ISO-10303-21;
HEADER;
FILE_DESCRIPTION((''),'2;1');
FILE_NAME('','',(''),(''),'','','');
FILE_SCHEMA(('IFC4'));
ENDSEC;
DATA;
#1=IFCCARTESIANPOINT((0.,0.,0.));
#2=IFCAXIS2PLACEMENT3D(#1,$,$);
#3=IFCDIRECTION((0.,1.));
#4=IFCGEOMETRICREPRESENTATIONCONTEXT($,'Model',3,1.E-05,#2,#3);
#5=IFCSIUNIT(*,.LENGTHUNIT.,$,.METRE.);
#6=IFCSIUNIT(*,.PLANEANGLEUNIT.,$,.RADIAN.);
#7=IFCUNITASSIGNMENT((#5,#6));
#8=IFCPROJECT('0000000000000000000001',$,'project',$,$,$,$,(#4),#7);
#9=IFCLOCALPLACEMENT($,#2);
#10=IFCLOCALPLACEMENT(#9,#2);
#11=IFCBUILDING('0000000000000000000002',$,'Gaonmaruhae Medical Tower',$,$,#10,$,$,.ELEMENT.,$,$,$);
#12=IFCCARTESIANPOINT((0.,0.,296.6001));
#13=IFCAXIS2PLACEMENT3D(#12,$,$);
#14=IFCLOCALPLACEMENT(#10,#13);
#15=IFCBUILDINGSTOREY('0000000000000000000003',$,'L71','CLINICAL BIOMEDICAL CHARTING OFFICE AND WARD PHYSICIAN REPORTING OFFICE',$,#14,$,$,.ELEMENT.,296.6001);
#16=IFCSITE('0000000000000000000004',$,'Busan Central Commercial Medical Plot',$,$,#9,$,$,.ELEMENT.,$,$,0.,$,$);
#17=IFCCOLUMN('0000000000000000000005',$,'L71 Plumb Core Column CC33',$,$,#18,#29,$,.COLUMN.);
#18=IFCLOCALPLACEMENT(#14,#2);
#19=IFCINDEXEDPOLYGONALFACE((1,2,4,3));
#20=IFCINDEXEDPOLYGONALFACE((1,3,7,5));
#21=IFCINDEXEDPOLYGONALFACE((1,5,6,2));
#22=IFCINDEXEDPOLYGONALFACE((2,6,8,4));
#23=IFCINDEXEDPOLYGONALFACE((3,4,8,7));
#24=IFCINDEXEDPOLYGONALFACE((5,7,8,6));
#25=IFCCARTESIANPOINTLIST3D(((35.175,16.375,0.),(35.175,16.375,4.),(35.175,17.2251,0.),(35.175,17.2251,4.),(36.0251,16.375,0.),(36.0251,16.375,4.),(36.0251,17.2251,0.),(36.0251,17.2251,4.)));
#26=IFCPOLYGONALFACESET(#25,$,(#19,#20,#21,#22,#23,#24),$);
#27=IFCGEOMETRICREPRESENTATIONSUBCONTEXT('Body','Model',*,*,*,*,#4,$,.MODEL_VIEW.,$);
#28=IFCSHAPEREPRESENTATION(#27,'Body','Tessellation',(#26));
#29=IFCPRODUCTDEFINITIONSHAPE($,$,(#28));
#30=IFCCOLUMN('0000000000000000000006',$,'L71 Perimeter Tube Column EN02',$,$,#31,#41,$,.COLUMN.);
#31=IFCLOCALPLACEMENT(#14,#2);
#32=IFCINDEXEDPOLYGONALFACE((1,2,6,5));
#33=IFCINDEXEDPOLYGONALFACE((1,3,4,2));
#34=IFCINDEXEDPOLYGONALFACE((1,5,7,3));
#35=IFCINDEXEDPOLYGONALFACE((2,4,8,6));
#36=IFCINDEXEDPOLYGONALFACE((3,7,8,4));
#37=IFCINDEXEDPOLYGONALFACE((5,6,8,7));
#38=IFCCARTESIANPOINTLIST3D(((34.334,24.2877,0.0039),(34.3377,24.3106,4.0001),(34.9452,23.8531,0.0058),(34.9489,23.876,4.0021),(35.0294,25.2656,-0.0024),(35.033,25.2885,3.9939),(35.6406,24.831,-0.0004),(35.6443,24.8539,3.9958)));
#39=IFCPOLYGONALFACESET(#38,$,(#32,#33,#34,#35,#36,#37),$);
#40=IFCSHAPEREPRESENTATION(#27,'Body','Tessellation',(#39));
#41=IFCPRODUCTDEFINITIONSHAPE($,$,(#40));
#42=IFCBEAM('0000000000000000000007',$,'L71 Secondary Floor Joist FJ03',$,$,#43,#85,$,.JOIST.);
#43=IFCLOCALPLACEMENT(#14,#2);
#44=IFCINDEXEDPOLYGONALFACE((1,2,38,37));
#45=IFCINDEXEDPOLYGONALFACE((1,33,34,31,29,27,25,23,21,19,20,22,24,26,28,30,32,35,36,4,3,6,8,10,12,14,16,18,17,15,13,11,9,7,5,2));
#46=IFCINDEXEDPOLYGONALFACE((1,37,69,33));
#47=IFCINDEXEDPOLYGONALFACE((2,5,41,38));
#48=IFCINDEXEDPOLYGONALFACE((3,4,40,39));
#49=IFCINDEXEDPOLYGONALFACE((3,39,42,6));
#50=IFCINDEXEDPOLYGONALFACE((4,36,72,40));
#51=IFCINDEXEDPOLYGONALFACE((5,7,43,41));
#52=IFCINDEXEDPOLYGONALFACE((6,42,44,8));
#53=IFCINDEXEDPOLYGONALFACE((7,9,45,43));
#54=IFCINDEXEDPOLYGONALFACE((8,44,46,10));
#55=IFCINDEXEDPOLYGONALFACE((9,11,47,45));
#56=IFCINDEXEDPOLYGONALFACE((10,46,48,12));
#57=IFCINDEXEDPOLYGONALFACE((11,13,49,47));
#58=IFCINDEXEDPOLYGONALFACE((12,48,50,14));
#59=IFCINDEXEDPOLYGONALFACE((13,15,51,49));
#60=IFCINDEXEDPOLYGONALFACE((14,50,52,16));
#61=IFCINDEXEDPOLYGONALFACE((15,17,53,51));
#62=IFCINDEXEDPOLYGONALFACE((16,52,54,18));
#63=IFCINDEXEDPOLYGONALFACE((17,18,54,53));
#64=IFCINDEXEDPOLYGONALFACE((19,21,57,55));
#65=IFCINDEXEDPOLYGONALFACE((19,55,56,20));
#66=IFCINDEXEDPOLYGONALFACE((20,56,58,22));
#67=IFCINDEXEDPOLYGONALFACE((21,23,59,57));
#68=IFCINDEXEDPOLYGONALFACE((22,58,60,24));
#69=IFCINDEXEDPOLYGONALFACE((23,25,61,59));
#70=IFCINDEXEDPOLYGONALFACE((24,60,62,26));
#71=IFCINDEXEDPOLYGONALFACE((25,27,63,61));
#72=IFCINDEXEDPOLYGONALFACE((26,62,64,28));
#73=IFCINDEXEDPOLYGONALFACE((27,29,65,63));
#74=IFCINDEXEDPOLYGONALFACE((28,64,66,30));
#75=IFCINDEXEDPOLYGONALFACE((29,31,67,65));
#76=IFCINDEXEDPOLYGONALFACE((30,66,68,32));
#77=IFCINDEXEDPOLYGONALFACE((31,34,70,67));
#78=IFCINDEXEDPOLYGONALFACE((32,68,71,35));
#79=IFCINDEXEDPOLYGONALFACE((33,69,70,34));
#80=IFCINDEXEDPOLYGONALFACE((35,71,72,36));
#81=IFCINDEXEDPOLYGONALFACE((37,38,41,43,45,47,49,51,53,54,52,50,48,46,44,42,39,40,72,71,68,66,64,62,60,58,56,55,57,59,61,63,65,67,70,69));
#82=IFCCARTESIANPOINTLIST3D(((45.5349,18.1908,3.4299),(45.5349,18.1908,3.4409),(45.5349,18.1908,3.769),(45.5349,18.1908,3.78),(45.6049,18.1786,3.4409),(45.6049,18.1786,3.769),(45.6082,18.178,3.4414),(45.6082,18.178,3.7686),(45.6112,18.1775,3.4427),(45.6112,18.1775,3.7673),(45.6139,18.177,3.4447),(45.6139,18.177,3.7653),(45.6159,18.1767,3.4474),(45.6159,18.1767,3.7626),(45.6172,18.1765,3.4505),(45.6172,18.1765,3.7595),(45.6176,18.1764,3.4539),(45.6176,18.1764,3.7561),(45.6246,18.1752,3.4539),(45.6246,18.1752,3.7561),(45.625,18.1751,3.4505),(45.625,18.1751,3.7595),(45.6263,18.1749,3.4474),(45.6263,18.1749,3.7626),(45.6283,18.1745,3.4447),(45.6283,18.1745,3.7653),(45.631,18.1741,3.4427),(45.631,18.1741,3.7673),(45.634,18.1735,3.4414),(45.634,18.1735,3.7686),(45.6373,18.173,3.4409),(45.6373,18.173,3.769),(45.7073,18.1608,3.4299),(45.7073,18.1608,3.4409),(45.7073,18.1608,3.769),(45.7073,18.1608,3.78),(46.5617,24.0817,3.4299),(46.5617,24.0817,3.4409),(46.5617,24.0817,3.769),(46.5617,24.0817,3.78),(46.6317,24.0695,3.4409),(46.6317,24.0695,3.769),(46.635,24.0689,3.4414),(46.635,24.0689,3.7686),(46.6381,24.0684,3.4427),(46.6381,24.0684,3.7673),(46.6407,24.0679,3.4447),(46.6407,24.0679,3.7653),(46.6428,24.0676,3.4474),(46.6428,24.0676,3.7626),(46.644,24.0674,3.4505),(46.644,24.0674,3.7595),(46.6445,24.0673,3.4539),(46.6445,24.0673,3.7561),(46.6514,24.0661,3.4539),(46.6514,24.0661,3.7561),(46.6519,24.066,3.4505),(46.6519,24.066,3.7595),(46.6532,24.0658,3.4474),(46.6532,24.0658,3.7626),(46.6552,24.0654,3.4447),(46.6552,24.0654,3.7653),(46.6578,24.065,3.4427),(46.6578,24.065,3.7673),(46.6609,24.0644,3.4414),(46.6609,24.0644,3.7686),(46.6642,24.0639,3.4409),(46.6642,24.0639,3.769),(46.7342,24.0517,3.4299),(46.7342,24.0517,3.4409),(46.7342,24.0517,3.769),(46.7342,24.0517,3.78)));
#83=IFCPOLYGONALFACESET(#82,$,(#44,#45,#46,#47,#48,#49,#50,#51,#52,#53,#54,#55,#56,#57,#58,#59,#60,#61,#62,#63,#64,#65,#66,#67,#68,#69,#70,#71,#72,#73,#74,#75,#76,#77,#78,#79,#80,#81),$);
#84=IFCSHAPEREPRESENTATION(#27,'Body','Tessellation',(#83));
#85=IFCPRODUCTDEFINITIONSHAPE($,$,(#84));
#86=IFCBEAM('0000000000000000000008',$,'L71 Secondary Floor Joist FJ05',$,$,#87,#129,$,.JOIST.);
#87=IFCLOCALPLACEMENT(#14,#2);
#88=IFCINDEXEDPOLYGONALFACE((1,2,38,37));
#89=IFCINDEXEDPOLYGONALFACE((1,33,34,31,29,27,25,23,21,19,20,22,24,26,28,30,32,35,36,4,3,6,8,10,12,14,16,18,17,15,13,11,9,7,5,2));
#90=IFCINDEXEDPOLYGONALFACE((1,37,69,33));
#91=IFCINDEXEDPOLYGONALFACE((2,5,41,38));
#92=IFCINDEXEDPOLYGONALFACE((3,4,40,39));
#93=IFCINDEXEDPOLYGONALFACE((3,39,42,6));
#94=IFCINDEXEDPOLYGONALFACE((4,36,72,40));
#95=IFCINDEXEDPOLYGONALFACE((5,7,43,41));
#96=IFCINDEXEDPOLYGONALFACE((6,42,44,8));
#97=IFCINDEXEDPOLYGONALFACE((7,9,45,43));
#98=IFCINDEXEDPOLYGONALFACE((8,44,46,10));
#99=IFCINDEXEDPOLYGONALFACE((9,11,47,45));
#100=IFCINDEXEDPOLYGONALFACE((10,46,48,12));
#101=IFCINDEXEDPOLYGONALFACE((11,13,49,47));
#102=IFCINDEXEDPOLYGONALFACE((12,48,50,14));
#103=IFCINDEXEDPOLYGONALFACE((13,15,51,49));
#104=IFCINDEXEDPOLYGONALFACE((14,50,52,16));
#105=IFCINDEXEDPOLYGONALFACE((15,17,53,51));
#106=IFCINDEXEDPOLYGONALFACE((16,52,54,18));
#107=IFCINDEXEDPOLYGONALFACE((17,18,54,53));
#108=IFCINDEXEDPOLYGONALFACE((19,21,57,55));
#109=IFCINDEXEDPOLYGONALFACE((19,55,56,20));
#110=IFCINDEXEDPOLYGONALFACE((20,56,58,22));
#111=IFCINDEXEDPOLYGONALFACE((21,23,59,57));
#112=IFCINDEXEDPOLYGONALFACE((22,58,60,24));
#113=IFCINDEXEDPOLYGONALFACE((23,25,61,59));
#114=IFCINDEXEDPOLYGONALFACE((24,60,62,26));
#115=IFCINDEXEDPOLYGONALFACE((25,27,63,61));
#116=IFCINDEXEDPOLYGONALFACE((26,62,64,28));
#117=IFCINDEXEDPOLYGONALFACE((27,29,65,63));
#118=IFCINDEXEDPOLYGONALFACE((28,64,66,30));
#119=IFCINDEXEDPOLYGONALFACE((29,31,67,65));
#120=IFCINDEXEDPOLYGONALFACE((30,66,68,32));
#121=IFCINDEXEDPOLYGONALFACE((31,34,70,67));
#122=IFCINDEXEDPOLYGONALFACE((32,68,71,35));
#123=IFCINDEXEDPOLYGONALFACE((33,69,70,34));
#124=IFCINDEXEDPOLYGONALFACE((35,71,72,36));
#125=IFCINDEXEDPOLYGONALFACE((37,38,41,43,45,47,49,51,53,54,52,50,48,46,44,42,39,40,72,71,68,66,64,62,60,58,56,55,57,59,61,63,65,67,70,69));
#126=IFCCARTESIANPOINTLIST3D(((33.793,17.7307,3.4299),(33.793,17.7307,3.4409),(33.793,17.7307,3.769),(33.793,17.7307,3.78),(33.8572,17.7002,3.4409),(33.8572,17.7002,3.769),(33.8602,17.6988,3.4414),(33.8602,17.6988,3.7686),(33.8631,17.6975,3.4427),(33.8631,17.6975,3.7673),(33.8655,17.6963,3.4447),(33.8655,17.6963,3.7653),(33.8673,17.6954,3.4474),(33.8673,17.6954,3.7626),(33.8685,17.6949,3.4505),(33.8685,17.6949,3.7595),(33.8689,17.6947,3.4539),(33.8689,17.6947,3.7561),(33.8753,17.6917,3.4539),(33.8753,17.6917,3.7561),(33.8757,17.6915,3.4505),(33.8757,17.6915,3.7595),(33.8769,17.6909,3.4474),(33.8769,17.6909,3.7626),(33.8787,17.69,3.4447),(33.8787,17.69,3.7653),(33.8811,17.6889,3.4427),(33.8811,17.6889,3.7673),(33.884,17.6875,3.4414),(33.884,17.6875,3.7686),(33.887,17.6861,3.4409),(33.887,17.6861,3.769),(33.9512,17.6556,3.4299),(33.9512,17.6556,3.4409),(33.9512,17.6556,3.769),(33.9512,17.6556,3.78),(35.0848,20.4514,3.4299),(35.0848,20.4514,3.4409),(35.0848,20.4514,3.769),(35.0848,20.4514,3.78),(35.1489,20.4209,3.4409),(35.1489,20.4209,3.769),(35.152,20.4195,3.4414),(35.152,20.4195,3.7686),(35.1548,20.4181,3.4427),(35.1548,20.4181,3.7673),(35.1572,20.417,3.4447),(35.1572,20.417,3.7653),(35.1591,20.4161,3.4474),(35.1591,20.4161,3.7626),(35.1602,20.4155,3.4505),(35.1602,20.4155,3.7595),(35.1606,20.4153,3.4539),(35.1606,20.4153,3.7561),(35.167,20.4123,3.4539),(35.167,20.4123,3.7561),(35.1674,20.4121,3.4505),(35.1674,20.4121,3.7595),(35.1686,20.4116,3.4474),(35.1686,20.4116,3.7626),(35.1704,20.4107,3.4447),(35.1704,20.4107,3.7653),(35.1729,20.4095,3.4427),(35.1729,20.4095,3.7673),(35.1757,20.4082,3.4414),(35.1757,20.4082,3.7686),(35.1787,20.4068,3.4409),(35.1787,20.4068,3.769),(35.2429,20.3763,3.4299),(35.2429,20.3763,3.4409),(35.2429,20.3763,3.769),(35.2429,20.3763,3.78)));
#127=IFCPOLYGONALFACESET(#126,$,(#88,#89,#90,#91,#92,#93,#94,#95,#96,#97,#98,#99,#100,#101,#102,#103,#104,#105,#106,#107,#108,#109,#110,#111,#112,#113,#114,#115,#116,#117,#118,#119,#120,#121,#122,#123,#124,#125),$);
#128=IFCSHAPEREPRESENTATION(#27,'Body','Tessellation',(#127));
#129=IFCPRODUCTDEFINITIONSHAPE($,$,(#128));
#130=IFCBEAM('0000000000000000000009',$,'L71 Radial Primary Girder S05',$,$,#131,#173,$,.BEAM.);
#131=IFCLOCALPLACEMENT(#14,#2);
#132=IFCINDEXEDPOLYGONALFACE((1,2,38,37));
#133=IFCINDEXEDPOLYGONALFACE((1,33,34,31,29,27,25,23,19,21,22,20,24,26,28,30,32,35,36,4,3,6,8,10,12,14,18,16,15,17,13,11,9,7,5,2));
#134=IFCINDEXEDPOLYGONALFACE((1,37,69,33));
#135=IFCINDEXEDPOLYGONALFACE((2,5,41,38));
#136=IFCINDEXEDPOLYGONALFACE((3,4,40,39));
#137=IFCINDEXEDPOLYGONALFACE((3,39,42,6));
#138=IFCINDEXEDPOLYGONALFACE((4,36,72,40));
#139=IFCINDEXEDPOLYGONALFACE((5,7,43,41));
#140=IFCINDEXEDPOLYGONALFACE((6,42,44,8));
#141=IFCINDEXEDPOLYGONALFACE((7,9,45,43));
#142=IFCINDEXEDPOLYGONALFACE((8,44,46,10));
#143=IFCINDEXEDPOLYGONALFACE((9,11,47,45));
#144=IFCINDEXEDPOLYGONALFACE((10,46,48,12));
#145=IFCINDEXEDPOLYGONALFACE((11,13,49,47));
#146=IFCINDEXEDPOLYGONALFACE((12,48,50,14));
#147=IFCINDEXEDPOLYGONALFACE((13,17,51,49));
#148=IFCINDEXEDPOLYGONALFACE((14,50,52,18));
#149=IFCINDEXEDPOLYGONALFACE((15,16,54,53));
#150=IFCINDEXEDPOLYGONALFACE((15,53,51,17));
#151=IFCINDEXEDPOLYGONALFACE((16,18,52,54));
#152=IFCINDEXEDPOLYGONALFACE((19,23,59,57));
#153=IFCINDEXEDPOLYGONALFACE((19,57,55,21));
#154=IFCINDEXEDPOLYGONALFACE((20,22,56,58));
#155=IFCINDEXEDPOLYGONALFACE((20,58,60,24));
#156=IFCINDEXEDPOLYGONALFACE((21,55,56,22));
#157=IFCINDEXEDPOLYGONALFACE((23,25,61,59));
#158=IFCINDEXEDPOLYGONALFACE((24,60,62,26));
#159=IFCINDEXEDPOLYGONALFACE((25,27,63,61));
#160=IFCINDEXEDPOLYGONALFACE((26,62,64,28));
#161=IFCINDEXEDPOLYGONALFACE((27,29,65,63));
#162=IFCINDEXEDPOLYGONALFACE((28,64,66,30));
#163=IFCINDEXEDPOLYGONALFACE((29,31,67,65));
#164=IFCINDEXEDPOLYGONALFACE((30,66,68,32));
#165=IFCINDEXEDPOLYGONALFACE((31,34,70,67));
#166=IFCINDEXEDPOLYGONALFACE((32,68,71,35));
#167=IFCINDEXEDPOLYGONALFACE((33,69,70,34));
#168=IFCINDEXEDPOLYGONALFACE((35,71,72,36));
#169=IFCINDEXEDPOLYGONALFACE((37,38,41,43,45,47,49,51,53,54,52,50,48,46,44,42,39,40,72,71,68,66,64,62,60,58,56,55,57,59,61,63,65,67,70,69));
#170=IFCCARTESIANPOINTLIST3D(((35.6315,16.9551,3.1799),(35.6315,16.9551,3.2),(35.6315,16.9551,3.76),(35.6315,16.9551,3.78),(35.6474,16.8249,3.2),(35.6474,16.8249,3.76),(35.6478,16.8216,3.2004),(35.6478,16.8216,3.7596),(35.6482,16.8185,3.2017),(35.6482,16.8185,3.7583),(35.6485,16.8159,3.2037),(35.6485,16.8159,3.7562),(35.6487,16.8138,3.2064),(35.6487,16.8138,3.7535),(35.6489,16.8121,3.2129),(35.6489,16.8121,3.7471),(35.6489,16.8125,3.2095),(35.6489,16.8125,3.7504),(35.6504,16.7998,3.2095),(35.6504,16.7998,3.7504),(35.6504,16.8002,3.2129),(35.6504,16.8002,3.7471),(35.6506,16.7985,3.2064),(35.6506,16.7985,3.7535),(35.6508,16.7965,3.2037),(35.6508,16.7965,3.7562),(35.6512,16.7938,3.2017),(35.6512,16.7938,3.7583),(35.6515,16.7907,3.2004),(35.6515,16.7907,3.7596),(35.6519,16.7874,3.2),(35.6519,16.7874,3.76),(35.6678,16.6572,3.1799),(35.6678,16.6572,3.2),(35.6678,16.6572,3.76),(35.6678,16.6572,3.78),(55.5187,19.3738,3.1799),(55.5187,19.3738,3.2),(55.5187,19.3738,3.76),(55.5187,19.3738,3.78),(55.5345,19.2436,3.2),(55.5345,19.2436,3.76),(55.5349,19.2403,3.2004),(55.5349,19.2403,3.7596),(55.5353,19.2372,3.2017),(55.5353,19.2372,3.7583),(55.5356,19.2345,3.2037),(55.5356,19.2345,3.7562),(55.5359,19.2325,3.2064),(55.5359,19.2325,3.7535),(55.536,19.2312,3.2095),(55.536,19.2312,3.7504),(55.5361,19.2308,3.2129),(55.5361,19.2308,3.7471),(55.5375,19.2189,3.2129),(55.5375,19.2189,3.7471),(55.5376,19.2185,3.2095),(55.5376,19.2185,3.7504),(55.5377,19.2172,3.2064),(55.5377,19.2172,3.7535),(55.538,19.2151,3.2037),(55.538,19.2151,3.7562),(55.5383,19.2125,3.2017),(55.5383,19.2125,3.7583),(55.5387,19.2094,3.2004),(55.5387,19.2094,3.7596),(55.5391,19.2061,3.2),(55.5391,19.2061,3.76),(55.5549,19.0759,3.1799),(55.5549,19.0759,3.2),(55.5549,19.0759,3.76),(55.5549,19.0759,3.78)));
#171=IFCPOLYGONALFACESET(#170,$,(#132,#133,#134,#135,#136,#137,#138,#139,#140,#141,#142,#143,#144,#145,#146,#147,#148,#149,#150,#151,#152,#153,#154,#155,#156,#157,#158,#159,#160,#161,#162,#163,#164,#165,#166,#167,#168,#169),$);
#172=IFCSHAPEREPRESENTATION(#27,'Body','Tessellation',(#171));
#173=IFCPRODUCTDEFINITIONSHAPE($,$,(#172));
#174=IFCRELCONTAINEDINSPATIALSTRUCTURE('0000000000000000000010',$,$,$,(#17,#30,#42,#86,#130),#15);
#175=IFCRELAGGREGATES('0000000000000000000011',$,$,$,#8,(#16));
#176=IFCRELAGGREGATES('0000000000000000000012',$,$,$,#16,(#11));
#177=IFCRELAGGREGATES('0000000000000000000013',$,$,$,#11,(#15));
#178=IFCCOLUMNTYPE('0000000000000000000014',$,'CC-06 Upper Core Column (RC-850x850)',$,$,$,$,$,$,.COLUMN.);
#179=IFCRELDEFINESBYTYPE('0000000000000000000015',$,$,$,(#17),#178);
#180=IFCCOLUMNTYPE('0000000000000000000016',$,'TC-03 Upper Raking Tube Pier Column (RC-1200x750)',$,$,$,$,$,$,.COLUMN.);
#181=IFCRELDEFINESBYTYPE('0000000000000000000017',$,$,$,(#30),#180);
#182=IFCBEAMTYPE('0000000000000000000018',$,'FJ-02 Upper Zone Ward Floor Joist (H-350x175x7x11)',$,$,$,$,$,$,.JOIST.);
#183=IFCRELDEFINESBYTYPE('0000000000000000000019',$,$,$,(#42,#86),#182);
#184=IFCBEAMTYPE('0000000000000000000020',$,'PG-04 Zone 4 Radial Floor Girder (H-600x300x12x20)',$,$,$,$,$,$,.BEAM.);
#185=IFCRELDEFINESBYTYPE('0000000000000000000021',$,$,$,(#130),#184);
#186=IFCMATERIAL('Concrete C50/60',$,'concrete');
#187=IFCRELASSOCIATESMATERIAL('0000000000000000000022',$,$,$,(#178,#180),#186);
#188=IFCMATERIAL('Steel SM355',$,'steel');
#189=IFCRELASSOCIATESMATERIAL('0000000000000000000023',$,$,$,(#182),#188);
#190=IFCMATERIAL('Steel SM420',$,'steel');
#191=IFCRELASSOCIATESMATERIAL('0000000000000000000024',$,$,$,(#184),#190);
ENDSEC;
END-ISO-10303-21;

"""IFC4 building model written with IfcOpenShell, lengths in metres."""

from ifc_helpers import new_model, si_unit, direction, frame, origin, origin_2d, place, context, subcontext, project, spatial, rectangle, i_section, extrude, material, material_profile, profile_set, type_object, element, save


model = new_model("IFC4")

# Units and contexts
model_context = context("Model", 3, precision=1e-05, world=origin(), true_north=direction((0.0, 1.0)))
body_context = subcontext(model_context, "Body", "Model", "MODEL_VIEW")
ifc_project = project(units=[si_unit("LENGTHUNIT", "METRE"), si_unit("PLANEANGLEUNIT", "RADIAN")], contexts=[model_context])

# Site, building, storey
site_placement = place(None, origin())
site = spatial("IfcSite", under=ifc_project, at=site_placement, Name="Busan Central Commercial Medical Plot", CompositionType="ELEMENT", RefElevation=0.0)
building_placement = place(site_placement, origin())
building = spatial("IfcBuilding", under=site, at=building_placement, Name="Gaonmaruhae Medical Tower", CompositionType="ELEMENT")
storey_placement = place(building_placement, frame((0.0, 0.0, 296.6001)))
storey = spatial("IfcBuildingStorey", under=building, at=storey_placement, Name="L71", Description="CLINICAL BIOMEDICAL CHARTING OFFICE AND WARD PHYSICIAN REPORTING OFFICE", CompositionType="ELEMENT", Elevation=296.6001)

# Columns
ifc_material_1 = material(Name="Concrete C50/60", Category="concrete")
ifc_material_profile_1 = material_profile(ifc_material_1, rectangle(XDim=0.8501, YDim=0.8501, at=origin_2d()), Name="RC-850x850")
ifc_profile_set_1 = profile_set([ifc_material_profile_1], Name="Concrete C50/60")
column_type_1 = type_object("IfcColumnType", Name="CC-06 Upper Core Column (RC-850x850)", PredefinedType="COLUMN", material=ifc_profile_set_1)
column_1_placement = place(storey_placement, frame((35.6001, 16.8, 0.0), z_axis=(0.0, 0.0, 1.0), x_axis=(1.0, 0.0, 0.0)))
element("IfcColumn", 1, at=column_1_placement, inside=storey, type_object=column_type_1, Name="L71 Plumb Core Column CC33", PredefinedType="COLUMN", context=body_context, shape_type="SweptSolid", body=[
    extrude(rectangle(XDim=0.8501, YDim=0.8501, at=origin_2d()), origin(), (0.0, 0.0, 1.0), 4.0),
])
ifc_material_profile_2 = material_profile(ifc_material_1, rectangle(XDim=1.2, YDim=0.75, at=origin_2d()), Name="RC-1200x750")
ifc_profile_set_2 = profile_set([ifc_material_profile_2], Name="Concrete C50/60")
column_type_2 = type_object("IfcColumnType", Name="TC-03 Upper Raking Tube Pier Column (RC-1200x750)", PredefinedType="COLUMN", material=ifc_profile_set_2)
column_2_placement = place(storey_placement, frame((34.9873, 24.5593, 0.0017), z_axis=(0.000916, 0.005742, 0.999983), x_axis=(-0.579514, -0.814946, 0.005211)))
element("IfcColumn", 2, at=column_2_placement, inside=storey, type_object=column_type_2, Name="L71 Perimeter Tube Column EN02", PredefinedType="COLUMN", context=body_context, shape_type="SweptSolid", body=[
    extrude(rectangle(XDim=1.2, YDim=0.75, at=origin_2d()), origin(), (0.0, 0.0, 1.0), 3.9963),
])

# Beams
ifc_material_2 = material(Name="Steel SM355", Category="steel")
ifc_material_profile_3 = material_profile(ifc_material_2, i_section(OverallWidth=0.175, OverallDepth=0.3501, WebThickness=0.0071, FlangeThickness=0.011, FilletRadius=0.0129, at=origin_2d()), Name="H-350x175x7x11")
ifc_profile_set_3 = profile_set([ifc_material_profile_3], Name="Steel SM355")
beam_type_1 = type_object("IfcBeamType", Name="FJ-02 Upper Zone Ward Floor Joist (H-350x175x7x11)", PredefinedType="JOIST", material=ifc_profile_set_3)
beam_1_placement = place(storey_placement, frame((45.6211, 18.1758, 3.605), z_axis=(0.171724, 0.985145, 0.0), x_axis=(-0.985145, 0.171724, 0.0)))
element("IfcBeam", 3, at=beam_1_placement, inside=storey, type_object=beam_type_1, Name="L71 Secondary Floor Joist FJ03", PredefinedType="JOIST", context=body_context, shape_type="SweptSolid", body=[
    extrude(i_section(OverallWidth=0.175, OverallDepth=0.3501, WebThickness=0.0071, FlangeThickness=0.011, FilletRadius=0.0129, at=origin_2d()), origin(), (0.0, 0.0, 1.0), 5.9797),
])
beam_2_placement = place(storey_placement, frame((35.1638, 20.4138, 3.605), z_axis=(-0.428898, -0.903353, 0.0), x_axis=(0.903353, -0.428898, 0.0)))
element("IfcBeam", 4, at=beam_2_placement, inside=storey, type_object=beam_type_1, Name="L71 Secondary Floor Joist FJ05", PredefinedType="JOIST", context=body_context, shape_type="SweptSolid", body=[
    extrude(i_section(OverallWidth=0.175, OverallDepth=0.3501, WebThickness=0.0071, FlangeThickness=0.011, FilletRadius=0.0129, at=origin_2d()), origin(), (0.0, 0.0, 1.0), 3.0117),
])
ifc_material_3 = material(Name="Steel SM420", Category="steel")
ifc_material_profile_4 = material_profile(ifc_material_3, i_section(OverallWidth=0.3, OverallDepth=0.6001, WebThickness=0.012, FlangeThickness=0.02, FilletRadius=0.0129, at=origin_2d()), Name="H-600x300x12x20")
ifc_profile_set_4 = profile_set([ifc_material_profile_4], Name="Steel SM420")
beam_type_2 = type_object("IfcBeamType", Name="PG-04 Zone 4 Radial Floor Girder (H-600x300x12x20)", PredefinedType="BEAM", material=ifc_profile_set_4)
beam_3_placement = place(storey_placement, frame((35.6497, 16.8062, 3.48), z_axis=(0.992685, 0.120731, 0.0), x_axis=(-0.120731, 0.992685, 0.0)))
element("IfcBeam", 5, at=beam_3_placement, inside=storey, type_object=beam_type_2, Name="L71 Radial Primary Girder S05", PredefinedType="BEAM", context=body_context, shape_type="SweptSolid", body=[
    extrude(i_section(OverallWidth=0.3, OverallDepth=0.6001, WebThickness=0.012, FlangeThickness=0.02, FilletRadius=0.0129, at=origin_2d()), origin(), (0.0, 0.0, 1.0), 20.0337),
])

save(model, "model.ifc")
